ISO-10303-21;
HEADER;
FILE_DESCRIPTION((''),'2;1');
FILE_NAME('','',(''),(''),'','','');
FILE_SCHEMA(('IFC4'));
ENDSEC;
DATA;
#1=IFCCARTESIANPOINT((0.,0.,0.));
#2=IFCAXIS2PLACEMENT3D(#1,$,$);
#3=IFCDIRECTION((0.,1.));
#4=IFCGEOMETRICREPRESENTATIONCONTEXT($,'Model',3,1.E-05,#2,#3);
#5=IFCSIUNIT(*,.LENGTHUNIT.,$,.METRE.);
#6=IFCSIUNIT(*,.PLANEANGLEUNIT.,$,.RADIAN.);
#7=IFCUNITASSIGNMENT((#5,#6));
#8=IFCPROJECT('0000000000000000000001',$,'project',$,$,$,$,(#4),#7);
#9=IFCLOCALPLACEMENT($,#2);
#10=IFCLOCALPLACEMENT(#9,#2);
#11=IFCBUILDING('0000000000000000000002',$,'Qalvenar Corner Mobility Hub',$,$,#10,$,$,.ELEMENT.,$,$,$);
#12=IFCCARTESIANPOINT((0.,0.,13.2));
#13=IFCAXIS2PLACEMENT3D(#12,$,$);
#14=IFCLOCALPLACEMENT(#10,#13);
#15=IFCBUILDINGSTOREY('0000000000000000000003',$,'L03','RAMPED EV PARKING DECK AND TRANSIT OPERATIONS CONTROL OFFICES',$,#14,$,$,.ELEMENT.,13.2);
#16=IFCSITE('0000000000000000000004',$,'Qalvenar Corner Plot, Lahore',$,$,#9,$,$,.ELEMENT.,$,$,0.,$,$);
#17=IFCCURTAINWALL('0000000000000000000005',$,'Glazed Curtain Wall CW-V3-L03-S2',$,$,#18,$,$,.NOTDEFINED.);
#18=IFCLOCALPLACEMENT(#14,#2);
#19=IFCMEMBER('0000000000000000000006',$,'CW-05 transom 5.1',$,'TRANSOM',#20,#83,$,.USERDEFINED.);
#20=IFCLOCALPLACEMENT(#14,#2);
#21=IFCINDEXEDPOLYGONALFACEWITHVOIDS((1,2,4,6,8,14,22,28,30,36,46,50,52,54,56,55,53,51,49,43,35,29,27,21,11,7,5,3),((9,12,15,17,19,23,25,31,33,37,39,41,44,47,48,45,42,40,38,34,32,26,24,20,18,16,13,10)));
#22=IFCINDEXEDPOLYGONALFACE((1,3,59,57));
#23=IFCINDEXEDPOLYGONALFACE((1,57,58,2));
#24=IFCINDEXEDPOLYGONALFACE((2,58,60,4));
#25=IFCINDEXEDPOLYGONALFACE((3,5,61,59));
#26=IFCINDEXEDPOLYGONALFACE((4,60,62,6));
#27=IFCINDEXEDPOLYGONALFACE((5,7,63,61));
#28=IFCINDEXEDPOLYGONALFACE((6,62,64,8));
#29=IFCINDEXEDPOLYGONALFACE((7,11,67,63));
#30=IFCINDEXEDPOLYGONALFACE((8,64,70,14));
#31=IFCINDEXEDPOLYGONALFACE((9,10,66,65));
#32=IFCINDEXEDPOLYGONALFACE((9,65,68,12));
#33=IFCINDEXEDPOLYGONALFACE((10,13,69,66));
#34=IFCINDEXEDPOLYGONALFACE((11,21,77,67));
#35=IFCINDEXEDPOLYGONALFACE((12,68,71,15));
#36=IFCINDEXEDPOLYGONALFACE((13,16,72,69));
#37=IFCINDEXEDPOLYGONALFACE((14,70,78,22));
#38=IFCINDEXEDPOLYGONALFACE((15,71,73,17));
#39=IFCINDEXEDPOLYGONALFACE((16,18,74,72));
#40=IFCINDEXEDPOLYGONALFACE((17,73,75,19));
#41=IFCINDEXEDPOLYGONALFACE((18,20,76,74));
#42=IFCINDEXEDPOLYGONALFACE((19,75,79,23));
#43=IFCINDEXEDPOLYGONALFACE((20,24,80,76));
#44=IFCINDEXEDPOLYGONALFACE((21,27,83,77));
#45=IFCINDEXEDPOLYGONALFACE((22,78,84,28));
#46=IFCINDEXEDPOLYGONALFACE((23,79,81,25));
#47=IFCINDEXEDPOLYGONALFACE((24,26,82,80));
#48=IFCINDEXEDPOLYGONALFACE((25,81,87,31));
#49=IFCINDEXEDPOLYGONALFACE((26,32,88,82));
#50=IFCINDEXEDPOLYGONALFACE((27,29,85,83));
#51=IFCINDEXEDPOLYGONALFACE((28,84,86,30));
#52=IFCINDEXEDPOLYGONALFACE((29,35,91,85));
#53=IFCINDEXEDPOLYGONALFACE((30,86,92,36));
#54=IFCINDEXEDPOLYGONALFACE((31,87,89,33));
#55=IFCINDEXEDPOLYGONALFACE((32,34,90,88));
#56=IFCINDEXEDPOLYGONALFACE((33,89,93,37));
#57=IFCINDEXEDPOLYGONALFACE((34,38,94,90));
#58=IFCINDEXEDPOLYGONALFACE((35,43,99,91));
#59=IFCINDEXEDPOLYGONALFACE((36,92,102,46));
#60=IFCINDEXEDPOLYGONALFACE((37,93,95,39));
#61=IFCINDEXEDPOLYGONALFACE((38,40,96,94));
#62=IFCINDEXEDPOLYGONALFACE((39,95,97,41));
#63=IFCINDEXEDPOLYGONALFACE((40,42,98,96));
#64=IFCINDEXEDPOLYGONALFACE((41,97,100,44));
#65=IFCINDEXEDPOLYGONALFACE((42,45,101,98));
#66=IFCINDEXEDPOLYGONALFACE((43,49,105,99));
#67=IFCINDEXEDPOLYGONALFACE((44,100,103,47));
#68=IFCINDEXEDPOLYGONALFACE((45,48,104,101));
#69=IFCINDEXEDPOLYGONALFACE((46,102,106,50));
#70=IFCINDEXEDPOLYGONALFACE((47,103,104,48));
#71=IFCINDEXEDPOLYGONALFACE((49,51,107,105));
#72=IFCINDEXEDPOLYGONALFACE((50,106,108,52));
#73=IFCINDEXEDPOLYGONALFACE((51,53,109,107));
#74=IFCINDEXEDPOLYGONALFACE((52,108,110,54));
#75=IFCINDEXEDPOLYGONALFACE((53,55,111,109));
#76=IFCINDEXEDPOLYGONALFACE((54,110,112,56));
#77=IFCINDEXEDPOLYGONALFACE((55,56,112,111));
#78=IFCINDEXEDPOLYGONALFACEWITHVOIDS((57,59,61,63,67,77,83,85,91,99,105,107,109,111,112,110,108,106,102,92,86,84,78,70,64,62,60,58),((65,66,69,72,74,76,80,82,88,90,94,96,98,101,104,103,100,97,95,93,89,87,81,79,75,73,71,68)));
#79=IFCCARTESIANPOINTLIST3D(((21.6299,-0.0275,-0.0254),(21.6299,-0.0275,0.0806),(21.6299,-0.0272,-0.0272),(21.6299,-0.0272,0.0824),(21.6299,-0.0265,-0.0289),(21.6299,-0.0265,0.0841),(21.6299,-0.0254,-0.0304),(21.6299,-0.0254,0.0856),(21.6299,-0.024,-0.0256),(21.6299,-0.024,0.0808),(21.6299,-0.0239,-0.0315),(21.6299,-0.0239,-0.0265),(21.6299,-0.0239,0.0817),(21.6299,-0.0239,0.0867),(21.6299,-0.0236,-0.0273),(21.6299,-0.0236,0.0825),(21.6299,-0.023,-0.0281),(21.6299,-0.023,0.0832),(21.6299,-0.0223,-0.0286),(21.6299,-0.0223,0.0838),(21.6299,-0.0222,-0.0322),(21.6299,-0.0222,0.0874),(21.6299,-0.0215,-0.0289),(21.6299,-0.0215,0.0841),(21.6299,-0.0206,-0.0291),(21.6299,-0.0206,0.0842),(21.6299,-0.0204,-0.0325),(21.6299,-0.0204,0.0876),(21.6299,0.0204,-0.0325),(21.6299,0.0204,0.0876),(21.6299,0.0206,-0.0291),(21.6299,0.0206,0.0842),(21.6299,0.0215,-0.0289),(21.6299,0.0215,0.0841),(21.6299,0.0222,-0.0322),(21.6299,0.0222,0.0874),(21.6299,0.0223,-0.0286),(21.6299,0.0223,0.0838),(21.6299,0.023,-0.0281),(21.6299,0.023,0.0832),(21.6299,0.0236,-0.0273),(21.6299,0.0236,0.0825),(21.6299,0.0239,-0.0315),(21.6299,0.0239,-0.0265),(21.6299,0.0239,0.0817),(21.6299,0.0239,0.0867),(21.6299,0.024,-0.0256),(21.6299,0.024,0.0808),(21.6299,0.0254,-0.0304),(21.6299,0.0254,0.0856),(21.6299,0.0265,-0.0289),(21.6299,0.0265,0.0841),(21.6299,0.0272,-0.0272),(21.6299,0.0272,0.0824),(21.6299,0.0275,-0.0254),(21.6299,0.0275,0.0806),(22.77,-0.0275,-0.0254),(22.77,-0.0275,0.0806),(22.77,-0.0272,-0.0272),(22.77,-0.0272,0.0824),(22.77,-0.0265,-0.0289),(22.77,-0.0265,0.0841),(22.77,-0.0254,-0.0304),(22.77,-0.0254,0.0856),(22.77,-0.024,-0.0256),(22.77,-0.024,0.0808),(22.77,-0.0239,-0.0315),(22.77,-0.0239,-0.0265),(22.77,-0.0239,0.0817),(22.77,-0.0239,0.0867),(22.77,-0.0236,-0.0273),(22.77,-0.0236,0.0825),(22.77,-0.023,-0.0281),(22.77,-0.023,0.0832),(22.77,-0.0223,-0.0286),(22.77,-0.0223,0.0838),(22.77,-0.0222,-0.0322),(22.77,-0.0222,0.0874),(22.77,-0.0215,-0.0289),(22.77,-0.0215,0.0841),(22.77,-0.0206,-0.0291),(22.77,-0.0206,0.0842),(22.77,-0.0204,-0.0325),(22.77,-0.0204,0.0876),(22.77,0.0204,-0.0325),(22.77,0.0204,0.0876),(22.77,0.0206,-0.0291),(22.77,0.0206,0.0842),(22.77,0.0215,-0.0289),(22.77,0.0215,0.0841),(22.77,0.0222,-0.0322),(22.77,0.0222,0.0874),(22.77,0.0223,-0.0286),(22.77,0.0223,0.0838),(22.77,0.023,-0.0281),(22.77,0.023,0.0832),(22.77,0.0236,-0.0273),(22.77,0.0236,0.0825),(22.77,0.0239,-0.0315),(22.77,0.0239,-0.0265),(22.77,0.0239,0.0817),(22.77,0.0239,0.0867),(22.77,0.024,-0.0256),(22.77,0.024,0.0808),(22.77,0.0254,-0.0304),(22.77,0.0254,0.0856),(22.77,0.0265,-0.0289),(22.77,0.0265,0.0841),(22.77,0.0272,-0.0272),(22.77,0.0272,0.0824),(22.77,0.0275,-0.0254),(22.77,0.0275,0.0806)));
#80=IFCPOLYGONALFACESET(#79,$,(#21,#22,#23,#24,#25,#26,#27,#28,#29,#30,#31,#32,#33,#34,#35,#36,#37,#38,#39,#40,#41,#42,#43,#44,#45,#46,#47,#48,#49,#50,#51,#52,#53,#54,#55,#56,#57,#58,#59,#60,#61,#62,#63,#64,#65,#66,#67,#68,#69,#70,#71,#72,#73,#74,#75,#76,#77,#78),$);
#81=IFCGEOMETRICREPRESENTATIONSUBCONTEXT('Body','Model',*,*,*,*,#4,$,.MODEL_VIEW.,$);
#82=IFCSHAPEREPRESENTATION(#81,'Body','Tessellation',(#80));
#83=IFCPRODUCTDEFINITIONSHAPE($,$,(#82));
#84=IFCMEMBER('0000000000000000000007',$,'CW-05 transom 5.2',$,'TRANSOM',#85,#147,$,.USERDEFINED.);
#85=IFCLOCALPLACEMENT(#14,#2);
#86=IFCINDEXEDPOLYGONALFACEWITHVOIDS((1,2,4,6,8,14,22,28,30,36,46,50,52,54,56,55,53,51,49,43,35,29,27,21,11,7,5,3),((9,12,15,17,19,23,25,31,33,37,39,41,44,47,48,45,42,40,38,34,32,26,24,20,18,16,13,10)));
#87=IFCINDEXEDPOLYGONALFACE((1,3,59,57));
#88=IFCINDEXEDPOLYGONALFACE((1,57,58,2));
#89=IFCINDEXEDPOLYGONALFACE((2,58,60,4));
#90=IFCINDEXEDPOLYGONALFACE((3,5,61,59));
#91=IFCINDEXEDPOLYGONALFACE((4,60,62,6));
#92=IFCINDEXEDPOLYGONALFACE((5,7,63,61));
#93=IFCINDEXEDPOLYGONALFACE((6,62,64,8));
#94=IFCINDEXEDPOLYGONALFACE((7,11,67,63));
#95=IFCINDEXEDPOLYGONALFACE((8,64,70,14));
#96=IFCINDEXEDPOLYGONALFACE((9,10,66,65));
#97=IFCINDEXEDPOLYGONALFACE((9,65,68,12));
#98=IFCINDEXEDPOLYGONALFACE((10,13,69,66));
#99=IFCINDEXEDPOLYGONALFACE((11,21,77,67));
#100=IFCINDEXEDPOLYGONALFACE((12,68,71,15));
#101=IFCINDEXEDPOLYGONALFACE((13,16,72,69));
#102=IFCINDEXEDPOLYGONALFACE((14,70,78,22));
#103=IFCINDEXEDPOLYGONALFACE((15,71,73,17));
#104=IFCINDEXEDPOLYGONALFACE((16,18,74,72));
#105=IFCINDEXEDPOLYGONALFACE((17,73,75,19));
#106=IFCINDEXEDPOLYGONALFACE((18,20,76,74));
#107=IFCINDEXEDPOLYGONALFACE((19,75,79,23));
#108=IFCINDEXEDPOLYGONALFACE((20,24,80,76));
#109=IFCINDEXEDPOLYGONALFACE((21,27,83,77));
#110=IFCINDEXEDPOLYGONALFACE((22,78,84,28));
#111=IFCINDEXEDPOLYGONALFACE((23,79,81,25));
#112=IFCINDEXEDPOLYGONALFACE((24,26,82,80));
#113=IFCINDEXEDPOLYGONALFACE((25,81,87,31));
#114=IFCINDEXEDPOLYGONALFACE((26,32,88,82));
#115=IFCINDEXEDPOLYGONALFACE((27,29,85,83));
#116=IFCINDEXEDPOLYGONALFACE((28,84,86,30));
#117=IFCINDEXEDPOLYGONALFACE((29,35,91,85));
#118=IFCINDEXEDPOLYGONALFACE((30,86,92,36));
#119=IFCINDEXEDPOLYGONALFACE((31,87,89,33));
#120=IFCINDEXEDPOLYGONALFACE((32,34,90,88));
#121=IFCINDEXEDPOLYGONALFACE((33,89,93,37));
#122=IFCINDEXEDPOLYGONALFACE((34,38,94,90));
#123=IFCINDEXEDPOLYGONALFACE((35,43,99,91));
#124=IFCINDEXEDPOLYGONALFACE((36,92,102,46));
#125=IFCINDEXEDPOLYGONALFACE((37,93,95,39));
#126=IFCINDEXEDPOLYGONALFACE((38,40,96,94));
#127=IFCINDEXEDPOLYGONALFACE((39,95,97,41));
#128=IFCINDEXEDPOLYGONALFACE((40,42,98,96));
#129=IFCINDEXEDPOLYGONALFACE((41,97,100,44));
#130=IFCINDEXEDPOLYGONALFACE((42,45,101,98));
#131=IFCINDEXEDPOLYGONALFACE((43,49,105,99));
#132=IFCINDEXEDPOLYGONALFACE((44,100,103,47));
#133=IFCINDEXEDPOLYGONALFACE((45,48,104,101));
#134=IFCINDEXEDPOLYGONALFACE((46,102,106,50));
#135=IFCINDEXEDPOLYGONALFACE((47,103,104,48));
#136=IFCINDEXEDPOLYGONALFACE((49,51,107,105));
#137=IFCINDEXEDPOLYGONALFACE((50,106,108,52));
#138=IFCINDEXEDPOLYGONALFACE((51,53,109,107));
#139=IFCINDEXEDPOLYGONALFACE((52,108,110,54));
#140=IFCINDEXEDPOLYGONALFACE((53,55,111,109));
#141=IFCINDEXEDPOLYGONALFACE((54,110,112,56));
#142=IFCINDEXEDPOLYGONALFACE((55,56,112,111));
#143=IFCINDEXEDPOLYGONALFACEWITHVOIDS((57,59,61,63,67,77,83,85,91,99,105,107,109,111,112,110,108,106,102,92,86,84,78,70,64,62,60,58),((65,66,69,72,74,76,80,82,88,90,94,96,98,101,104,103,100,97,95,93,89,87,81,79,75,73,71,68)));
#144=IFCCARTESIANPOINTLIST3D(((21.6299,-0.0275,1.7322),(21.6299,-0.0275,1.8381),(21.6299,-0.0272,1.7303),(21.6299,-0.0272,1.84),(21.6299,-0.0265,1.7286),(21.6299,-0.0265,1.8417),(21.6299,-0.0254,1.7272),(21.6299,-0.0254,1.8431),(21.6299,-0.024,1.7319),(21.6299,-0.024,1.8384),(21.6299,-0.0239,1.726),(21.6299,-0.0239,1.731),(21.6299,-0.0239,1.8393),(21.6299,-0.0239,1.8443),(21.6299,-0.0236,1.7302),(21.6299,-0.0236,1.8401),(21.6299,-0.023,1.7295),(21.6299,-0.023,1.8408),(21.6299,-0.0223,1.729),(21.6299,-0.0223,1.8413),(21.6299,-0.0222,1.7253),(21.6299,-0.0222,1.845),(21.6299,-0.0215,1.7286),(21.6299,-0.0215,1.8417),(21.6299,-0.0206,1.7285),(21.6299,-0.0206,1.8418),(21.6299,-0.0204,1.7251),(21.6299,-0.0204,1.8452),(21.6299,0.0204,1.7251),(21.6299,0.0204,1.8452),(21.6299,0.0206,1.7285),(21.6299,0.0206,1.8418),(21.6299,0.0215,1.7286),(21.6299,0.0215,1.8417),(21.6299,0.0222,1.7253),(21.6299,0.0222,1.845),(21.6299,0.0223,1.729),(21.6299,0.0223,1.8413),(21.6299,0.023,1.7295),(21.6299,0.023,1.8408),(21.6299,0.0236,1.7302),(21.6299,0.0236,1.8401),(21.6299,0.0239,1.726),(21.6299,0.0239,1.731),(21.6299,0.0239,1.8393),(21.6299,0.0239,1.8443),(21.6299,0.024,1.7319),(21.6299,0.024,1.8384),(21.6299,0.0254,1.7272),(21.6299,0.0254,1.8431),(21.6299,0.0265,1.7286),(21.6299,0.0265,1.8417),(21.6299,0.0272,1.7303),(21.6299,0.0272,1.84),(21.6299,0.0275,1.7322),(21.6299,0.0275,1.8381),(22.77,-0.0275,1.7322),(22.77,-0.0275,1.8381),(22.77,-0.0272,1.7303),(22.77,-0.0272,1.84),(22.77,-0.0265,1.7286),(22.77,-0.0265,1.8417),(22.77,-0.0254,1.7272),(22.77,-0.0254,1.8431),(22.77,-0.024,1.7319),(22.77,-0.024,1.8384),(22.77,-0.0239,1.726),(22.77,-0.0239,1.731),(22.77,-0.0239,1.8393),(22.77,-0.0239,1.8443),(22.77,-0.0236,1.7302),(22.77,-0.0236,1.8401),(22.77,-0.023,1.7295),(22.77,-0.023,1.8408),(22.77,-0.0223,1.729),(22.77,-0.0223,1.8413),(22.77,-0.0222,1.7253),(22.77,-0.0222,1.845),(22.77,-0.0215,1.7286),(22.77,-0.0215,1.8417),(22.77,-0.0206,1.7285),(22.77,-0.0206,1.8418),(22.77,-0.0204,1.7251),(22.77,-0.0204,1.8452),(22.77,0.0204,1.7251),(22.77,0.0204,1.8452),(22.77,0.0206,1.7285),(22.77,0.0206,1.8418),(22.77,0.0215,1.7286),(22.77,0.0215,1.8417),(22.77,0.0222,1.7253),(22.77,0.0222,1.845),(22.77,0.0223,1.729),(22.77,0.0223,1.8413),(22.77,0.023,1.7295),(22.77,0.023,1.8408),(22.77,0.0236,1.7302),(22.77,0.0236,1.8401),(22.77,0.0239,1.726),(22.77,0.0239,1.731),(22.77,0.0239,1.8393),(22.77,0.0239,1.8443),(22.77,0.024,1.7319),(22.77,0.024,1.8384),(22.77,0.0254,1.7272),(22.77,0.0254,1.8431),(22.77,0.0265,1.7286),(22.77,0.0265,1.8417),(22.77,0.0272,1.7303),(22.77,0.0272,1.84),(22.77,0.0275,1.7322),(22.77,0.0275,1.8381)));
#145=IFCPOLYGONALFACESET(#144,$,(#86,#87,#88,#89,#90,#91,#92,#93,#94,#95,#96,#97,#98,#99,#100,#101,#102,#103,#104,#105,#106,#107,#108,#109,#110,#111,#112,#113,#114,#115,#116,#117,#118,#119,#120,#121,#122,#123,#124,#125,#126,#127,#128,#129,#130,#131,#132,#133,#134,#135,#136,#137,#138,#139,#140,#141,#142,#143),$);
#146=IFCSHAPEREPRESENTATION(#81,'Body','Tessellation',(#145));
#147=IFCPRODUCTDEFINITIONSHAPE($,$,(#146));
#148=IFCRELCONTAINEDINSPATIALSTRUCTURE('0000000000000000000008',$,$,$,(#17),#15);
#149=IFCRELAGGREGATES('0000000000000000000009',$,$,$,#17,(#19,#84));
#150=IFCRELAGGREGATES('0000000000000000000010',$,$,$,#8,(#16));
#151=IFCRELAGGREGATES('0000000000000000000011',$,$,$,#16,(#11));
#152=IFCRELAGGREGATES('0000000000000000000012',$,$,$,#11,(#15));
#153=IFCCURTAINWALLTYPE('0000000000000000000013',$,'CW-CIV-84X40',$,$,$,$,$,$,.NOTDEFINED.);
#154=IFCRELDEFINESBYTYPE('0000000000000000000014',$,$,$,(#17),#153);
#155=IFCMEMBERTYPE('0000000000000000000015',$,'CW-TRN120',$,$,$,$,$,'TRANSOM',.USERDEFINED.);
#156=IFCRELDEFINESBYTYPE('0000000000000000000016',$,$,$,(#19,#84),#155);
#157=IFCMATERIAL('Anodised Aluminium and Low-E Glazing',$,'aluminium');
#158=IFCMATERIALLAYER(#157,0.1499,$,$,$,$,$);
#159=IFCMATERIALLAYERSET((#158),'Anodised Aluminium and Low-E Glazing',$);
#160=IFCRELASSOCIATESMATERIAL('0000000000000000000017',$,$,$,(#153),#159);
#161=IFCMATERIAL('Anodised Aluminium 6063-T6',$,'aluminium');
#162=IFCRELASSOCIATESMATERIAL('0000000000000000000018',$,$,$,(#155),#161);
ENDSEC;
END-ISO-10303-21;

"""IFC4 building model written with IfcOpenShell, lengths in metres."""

from ifc_helpers import new_model, si_unit, direction, frame, origin, origin_2d, place, context, subcontext, project, spatial, hollow_rectangle, extrude, material, layer, layer_set, material_profile, profile_set, type_object, element, aggregate, save


model = new_model("IFC4")

# Units and contexts
model_context = context("Model", 3, precision=1e-05, world=origin(), true_north=direction((0.0, 1.0)))
body_context = subcontext(model_context, "Body", "Model", "MODEL_VIEW")
ifc_project = project(units=[si_unit("LENGTHUNIT", "METRE"), si_unit("PLANEANGLEUNIT", "RADIAN")], contexts=[model_context])

# Site, building, storey
site_placement = place(None, origin())
site = spatial("IfcSite", under=ifc_project, at=site_placement, Name="Qalvenar Corner Plot, Lahore", CompositionType="ELEMENT", RefElevation=0.0)
building_placement = place(site_placement, origin())
building = spatial("IfcBuilding", under=site, at=building_placement, Name="Qalvenar Corner Mobility Hub", CompositionType="ELEMENT")
storey_placement = place(building_placement, frame((0.0, 0.0, 13.2)))
storey = spatial("IfcBuildingStorey", under=building, at=storey_placement, Name="L03", Description="RAMPED EV PARKING DECK AND TRANSIT OPERATIONS CONTROL OFFICES", CompositionType="ELEMENT", Elevation=13.2)

# Curtain wall, members
ifc_material_1 = material(Name="Anodised Aluminium and Low-E Glazing", Category="aluminium")
ifc_layer_1 = layer(ifc_material_1, 0.1499)
ifc_layer_set_1 = layer_set([ifc_layer_1], Name="Anodised Aluminium and Low-E Glazing")
curtain_wall_type = type_object("IfcCurtainWallType", Name="CW-CIV-84X40", PredefinedType="NOTDEFINED", material=ifc_layer_set_1)
curtain_wall_placement = place(storey_placement, origin())
curtain_wall = element("IfcCurtainWall", 1, at=curtain_wall_placement, inside=storey, type_object=curtain_wall_type, Name="Glazed Curtain Wall CW-V3-L03-S2", PredefinedType="NOTDEFINED")
ifc_material_2 = material(Name="Anodised Aluminium 6063-T6", Category="aluminium")
ifc_material_profile_1 = material_profile(ifc_material_2, hollow_rectangle(XDim=0.0549, YDim=0.1201, WallThickness=0.0034, InnerFilletRadius=0.0034, OuterFilletRadius=0.0071, at=origin_2d()), Name="RHS120x55x3.5")
ifc_profile_set_1 = profile_set([ifc_material_profile_1], Name="Anodised Aluminium 6063-T6")
member_type_1 = type_object("IfcMemberType", Name="CW-TRN120", ElementType="TRANSOM", PredefinedType="USERDEFINED", material=ifc_profile_set_1)
member_1_placement = place(storey_placement, frame((21.6299, 0.0, 0.0276), z_axis=(1.0, 0.0, 0.0), x_axis=(0.0, 1.0, 0.0)))
member_1 = element("IfcMember", 2, at=member_1_placement, type_object=member_type_1, Name="CW-05 transom 5.1", ObjectType="TRANSOM", PredefinedType="USERDEFINED", context=body_context, shape_type="SweptSolid", body=[
    extrude(hollow_rectangle(XDim=0.0549, YDim=0.1201, WallThickness=0.0034, InnerFilletRadius=0.0034, OuterFilletRadius=0.0071, at=origin_2d()), origin(), (0.0, 0.0, 1.0), 1.1401),
])
member_2_placement = place(storey_placement, frame((21.6299, 0.0, 1.7852), z_axis=(1.0, 0.0, 0.0), x_axis=(0.0, 1.0, 0.0)))
member_2 = element("IfcMember", 3, at=member_2_placement, type_object=member_type_1, Name="CW-05 transom 5.2", ObjectType="TRANSOM", PredefinedType="USERDEFINED", context=body_context, shape_type="SweptSolid", body=[
    extrude(hollow_rectangle(XDim=0.0549, YDim=0.1201, WallThickness=0.0034, InnerFilletRadius=0.0034, OuterFilletRadius=0.0071, at=origin_2d()), origin(), (0.0, 0.0, 1.0), 1.1401),
])
aggregate(curtain_wall, [member_1, member_2])

save(model, "model.ifc")
